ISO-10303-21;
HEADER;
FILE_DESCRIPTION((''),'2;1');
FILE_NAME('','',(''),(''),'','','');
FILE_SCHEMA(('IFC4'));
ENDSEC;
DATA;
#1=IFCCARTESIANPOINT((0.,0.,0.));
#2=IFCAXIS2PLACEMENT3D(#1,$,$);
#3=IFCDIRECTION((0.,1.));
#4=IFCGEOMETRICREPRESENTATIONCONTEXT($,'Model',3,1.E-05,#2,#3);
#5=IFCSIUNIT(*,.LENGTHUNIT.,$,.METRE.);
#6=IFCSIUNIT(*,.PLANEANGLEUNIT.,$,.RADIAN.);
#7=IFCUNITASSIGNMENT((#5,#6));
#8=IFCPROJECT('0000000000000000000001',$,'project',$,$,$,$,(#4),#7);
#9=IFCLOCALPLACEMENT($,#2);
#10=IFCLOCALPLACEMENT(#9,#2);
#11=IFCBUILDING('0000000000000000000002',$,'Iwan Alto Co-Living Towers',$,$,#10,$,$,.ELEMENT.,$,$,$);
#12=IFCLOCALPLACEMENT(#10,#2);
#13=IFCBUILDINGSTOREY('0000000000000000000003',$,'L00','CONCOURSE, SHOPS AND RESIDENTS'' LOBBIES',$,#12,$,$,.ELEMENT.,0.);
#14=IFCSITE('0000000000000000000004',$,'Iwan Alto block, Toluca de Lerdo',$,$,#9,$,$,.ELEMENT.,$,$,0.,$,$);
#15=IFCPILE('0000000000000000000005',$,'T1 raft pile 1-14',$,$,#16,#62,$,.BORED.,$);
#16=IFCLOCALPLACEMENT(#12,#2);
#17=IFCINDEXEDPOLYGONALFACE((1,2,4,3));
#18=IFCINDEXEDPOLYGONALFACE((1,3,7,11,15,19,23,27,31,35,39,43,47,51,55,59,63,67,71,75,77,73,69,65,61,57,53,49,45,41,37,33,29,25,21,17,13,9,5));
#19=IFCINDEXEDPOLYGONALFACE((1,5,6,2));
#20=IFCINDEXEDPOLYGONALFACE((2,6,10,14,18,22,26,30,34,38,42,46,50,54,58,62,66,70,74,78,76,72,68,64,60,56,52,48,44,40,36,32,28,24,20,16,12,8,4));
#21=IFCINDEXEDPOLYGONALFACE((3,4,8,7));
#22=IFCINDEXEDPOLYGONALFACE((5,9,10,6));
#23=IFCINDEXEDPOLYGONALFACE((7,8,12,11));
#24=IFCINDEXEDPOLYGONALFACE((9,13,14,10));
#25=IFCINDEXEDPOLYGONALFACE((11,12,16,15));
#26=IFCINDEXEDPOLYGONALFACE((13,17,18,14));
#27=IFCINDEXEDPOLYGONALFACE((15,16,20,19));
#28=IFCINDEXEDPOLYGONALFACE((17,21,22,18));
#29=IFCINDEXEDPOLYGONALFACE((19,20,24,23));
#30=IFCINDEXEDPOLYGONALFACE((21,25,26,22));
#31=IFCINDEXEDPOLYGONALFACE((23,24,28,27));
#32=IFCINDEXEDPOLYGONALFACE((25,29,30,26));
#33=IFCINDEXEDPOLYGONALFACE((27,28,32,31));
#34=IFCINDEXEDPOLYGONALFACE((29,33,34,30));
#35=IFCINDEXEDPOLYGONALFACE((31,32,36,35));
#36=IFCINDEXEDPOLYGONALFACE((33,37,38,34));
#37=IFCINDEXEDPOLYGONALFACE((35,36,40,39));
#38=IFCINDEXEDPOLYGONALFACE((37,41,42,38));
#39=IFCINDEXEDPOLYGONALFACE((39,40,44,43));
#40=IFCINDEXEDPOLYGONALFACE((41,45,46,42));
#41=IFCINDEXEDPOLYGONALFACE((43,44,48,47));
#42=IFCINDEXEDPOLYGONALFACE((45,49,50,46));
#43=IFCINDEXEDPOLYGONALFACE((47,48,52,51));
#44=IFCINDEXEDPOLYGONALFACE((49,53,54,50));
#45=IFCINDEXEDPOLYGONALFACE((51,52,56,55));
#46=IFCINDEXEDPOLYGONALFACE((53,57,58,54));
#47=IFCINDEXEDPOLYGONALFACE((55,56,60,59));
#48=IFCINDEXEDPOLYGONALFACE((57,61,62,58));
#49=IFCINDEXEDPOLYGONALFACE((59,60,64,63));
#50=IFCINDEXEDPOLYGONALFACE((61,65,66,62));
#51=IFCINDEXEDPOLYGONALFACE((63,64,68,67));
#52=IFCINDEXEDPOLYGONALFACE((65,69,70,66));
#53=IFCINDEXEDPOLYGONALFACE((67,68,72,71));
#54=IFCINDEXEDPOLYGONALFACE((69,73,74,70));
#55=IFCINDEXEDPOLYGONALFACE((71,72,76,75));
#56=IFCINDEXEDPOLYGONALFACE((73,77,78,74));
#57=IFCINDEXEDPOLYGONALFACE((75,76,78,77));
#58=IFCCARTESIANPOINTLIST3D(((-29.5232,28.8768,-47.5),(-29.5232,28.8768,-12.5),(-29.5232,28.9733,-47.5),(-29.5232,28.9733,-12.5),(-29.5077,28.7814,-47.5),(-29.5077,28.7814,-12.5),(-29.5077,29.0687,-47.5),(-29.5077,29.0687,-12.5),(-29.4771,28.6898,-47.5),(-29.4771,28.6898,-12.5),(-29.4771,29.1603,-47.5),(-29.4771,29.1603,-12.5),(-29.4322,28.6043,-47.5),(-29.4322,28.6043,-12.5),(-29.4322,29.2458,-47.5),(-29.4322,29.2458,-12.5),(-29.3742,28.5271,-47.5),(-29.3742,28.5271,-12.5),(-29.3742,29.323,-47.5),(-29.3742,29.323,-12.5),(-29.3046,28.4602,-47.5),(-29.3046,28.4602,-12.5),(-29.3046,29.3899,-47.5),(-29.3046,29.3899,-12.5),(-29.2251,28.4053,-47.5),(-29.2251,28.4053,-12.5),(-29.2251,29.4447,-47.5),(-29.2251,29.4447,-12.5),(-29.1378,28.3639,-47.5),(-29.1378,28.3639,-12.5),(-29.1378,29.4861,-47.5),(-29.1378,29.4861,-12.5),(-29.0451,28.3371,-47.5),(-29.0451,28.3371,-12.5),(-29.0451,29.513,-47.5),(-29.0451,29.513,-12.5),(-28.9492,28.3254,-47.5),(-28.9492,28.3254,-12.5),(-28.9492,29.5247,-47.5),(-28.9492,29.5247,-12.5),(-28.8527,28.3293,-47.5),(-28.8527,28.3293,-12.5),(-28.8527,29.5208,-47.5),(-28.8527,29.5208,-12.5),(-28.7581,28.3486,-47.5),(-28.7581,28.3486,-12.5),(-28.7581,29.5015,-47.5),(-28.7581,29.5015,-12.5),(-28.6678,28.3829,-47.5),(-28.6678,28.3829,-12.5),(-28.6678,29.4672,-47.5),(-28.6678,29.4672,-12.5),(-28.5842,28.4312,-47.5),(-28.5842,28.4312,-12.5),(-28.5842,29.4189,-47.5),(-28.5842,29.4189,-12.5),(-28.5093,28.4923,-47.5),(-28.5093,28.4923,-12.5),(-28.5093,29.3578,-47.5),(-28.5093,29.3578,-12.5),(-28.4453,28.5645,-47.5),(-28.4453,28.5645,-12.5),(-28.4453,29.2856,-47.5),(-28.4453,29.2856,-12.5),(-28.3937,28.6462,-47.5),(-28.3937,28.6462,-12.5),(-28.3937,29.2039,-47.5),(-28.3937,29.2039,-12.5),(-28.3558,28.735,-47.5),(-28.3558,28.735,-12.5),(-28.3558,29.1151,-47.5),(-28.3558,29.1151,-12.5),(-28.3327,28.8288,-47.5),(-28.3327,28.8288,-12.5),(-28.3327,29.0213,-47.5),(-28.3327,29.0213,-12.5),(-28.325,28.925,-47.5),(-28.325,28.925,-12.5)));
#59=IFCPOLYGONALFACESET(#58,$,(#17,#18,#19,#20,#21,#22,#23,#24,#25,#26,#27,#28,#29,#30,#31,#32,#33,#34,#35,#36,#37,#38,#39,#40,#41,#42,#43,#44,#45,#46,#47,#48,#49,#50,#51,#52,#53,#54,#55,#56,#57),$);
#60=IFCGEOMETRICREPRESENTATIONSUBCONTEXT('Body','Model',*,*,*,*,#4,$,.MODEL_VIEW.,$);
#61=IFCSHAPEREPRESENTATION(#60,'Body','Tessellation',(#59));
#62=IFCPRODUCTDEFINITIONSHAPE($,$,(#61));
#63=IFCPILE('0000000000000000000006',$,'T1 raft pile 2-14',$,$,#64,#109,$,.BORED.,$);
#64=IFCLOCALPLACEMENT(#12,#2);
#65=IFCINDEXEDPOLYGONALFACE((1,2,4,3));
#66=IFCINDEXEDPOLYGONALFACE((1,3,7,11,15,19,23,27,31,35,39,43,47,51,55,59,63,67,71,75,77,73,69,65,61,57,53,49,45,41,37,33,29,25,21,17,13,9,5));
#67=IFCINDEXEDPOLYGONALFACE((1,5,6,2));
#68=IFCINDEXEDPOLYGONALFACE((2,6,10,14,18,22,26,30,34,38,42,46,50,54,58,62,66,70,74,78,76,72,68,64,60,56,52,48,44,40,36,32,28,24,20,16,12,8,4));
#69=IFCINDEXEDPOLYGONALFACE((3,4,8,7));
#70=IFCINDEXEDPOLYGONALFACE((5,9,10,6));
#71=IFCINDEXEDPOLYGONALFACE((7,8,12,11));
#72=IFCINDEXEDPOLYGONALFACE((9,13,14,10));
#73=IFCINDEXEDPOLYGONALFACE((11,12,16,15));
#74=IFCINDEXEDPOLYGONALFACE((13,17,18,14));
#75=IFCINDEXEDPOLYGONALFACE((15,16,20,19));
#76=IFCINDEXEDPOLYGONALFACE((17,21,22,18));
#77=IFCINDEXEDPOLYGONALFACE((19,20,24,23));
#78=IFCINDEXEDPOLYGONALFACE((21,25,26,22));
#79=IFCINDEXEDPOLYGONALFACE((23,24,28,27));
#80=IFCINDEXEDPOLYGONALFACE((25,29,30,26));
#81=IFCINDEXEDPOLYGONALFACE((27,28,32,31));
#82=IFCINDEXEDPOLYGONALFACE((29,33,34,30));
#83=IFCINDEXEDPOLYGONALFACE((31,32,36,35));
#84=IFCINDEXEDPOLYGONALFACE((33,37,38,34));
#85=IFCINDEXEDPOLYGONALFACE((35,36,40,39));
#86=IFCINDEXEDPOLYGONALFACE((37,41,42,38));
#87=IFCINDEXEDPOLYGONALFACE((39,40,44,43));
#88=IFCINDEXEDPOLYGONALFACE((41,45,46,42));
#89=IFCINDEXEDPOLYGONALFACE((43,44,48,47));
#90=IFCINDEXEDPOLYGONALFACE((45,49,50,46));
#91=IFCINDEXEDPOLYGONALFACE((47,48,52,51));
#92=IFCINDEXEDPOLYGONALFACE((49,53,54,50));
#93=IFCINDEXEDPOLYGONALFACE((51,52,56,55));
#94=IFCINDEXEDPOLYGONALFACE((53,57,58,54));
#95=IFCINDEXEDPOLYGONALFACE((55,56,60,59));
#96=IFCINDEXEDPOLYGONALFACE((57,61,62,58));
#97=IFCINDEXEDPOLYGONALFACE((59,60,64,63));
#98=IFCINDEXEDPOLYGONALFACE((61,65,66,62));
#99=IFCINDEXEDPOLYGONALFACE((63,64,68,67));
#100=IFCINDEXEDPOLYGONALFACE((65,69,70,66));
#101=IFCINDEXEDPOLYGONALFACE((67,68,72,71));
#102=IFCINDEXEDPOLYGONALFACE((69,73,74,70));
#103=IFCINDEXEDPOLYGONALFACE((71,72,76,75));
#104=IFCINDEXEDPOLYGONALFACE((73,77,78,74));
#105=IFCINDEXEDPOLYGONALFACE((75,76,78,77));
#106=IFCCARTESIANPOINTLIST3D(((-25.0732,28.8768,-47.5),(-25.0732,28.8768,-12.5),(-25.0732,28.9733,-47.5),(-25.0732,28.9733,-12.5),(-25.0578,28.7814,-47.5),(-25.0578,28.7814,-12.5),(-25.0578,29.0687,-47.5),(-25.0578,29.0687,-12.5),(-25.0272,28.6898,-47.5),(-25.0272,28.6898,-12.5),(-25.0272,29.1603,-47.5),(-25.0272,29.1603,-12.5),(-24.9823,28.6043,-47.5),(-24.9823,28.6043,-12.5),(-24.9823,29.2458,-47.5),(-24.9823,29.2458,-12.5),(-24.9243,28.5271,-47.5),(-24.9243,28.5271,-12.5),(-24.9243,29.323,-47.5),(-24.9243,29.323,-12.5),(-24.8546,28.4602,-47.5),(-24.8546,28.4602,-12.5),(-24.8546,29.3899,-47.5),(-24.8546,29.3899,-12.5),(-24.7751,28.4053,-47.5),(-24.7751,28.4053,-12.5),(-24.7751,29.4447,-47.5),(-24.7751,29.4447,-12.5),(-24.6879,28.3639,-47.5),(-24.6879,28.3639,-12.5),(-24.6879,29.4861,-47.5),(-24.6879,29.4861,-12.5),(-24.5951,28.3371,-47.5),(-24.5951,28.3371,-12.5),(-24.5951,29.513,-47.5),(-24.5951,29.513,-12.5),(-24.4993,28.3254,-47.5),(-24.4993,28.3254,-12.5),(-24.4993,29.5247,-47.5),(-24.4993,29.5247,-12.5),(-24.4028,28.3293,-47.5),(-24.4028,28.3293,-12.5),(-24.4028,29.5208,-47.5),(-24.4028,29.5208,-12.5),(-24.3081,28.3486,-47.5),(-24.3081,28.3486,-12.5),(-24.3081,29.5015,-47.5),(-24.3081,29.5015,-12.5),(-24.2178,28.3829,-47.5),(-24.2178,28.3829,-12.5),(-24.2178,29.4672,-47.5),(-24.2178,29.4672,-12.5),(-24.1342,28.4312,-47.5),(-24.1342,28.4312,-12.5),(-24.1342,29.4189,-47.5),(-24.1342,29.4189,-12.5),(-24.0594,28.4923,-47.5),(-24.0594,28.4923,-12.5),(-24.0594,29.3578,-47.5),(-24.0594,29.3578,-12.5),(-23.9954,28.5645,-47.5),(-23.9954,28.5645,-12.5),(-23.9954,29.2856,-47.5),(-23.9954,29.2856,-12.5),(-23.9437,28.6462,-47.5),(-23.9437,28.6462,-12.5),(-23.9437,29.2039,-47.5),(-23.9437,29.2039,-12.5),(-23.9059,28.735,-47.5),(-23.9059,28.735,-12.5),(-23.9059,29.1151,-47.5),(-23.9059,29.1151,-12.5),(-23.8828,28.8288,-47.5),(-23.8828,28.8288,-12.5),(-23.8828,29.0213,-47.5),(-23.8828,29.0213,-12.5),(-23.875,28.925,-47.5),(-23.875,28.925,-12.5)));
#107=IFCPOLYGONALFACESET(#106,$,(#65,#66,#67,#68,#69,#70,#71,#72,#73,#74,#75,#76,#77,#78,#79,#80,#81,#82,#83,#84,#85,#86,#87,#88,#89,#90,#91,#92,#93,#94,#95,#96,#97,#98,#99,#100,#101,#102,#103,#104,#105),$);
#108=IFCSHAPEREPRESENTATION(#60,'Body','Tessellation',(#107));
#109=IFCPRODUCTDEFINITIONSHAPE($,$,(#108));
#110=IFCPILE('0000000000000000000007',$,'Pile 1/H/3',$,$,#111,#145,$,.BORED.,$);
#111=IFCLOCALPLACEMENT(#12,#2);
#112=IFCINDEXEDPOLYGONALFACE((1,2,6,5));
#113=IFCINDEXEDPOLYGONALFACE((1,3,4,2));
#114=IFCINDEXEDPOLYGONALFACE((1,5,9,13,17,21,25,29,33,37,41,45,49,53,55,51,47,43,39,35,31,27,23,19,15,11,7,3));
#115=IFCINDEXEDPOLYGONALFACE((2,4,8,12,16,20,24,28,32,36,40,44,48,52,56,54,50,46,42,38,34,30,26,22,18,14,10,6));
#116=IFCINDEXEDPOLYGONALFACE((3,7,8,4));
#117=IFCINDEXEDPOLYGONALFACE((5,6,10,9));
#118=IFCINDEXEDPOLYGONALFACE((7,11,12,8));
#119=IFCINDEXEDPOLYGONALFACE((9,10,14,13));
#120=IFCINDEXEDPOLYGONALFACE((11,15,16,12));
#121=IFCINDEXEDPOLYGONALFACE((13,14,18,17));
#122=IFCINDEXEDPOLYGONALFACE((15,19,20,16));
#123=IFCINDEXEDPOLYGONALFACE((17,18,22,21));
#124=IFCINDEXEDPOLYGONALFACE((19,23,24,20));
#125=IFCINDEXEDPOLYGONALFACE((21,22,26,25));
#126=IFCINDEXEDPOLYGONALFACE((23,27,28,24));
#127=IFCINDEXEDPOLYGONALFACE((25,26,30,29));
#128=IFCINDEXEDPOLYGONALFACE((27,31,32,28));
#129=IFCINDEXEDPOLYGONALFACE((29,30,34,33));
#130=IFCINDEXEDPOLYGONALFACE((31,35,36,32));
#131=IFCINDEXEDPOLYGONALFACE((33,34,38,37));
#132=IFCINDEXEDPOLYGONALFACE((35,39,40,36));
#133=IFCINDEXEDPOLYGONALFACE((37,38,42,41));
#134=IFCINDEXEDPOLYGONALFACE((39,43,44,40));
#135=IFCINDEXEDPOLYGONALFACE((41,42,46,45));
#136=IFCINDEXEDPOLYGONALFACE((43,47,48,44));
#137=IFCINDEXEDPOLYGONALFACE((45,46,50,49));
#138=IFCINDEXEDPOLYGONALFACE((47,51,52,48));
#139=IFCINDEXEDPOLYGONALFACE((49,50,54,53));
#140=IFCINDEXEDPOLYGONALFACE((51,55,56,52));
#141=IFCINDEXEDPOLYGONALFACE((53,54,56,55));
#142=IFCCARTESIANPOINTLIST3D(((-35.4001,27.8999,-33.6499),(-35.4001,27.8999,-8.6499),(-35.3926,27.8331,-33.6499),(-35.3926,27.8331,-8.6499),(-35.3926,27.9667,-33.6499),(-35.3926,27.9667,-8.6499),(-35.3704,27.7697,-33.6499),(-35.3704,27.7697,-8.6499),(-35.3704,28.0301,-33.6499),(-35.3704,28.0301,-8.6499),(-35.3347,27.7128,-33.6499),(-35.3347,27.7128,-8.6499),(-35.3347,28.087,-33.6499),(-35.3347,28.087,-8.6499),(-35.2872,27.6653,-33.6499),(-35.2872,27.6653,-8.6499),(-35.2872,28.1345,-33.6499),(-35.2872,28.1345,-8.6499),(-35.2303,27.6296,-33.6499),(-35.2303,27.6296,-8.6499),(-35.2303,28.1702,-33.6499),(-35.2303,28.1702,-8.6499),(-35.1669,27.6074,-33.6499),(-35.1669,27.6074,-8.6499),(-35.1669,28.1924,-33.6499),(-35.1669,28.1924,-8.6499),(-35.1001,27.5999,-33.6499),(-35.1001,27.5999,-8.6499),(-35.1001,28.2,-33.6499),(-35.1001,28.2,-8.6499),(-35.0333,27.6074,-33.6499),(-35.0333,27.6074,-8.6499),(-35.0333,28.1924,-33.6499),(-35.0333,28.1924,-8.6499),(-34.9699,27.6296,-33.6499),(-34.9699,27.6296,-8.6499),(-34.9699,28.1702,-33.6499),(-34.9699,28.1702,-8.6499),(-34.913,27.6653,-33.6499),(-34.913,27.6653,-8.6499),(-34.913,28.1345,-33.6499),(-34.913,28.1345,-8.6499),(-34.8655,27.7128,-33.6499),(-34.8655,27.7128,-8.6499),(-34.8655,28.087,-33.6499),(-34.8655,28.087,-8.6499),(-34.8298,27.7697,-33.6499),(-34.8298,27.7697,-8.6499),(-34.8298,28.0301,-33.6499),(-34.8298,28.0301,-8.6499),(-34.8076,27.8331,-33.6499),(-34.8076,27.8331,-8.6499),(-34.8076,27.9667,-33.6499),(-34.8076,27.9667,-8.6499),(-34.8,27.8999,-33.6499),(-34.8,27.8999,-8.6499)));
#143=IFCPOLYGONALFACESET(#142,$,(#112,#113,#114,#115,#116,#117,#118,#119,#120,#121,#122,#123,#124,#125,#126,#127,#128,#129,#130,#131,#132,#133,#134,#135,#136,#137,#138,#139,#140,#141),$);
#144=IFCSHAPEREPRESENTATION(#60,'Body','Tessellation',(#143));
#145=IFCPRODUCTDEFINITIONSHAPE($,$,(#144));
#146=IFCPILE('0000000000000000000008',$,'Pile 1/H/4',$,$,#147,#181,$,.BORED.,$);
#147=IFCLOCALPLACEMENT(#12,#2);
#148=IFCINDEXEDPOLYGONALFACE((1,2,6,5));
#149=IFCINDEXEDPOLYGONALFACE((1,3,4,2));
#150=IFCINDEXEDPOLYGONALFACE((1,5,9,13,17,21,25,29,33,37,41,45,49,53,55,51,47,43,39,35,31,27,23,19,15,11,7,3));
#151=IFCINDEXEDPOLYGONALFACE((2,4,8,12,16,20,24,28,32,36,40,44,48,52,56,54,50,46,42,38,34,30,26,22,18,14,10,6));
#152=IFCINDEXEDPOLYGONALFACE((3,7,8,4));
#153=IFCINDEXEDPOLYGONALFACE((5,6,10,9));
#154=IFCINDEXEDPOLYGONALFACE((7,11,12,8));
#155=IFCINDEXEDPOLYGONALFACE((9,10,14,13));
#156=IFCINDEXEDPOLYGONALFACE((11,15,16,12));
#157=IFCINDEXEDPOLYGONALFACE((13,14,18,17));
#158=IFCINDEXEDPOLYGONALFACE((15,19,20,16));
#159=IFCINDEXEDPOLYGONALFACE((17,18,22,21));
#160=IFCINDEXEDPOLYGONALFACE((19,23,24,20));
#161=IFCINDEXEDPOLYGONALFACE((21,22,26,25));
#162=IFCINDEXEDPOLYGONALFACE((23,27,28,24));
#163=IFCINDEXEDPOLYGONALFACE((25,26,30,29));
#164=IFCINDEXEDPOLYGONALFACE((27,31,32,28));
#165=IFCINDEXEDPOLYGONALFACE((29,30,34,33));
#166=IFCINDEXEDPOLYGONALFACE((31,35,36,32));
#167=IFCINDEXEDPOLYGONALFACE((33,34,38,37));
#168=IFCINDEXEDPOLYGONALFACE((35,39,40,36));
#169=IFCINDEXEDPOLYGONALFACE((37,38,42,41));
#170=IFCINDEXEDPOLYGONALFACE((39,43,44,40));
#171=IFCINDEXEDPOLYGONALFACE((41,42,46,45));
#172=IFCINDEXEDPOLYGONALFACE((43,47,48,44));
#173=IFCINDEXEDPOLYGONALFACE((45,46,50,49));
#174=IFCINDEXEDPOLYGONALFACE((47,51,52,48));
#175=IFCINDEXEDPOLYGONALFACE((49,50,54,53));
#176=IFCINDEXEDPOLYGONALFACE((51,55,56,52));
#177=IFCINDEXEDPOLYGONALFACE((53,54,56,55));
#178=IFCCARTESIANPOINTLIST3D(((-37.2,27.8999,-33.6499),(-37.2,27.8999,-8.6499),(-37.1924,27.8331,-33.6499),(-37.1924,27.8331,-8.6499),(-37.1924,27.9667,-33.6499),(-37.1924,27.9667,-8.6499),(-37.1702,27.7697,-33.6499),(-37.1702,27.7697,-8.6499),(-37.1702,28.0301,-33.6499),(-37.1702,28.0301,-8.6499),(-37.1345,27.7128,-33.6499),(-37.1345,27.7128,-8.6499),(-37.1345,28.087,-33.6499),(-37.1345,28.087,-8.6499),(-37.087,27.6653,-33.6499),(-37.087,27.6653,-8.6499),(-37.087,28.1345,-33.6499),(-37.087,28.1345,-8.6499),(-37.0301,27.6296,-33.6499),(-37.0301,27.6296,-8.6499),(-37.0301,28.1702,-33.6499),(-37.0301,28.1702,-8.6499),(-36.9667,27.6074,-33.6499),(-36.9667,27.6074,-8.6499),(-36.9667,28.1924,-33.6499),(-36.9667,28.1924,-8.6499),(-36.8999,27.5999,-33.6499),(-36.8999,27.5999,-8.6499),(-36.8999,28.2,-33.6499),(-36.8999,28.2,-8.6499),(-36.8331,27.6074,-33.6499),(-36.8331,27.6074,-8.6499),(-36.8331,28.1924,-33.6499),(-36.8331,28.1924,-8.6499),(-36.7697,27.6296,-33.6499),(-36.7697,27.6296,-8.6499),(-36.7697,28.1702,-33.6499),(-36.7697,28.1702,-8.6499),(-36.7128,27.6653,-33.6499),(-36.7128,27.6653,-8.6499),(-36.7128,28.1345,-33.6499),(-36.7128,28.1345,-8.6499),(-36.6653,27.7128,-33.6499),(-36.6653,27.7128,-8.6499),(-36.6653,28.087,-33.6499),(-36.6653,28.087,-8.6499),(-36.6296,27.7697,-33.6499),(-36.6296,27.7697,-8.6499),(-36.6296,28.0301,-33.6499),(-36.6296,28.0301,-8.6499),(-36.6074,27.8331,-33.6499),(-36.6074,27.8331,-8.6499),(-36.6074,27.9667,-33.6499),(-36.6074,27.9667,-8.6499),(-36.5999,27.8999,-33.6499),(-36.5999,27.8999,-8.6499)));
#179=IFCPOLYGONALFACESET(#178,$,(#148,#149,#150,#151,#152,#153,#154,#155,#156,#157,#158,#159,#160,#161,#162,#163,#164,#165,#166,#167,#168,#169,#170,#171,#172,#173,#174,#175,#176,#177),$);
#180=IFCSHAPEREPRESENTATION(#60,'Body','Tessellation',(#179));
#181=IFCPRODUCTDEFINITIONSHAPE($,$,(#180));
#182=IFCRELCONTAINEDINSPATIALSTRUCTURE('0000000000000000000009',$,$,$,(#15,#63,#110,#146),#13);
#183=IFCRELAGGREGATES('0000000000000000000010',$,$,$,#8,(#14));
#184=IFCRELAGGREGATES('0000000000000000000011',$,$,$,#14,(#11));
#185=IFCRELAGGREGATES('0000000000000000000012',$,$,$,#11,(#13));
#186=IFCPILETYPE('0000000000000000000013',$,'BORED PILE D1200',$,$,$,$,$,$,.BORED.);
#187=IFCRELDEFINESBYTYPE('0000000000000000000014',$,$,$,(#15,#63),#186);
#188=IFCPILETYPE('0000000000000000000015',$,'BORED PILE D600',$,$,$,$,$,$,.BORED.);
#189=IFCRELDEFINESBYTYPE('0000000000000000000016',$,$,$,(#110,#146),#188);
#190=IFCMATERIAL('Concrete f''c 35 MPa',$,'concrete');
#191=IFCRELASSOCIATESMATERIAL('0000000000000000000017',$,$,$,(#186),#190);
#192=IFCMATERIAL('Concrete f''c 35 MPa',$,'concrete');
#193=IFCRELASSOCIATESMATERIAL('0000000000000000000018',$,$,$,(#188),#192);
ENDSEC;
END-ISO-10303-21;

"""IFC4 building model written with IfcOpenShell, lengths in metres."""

from ifc_helpers import new_model, si_unit, direction, frame, origin, origin_2d, place, context, subcontext, project, spatial, circle, extrude, material, material_profile, profile_set, type_object, element, save


model = new_model("IFC4")

# Units and contexts
model_context = context("Model", 3, precision=1e-05, world=origin(), true_north=direction((0.0, 1.0)))
body_context = subcontext(model_context, "Body", "Model", "MODEL_VIEW")
ifc_project = project(units=[si_unit("LENGTHUNIT", "METRE"), si_unit("PLANEANGLEUNIT", "RADIAN")], contexts=[model_context])

# Site, building, storey
site_placement = place(None, origin())
site = spatial("IfcSite", under=ifc_project, at=site_placement, Name="Iwan Alto block, Toluca de Lerdo", CompositionType="ELEMENT", RefElevation=0.0)
building_placement = place(site_placement, origin())
building = spatial("IfcBuilding", under=site, at=building_placement, Name="Iwan Alto Co-Living Towers", CompositionType="ELEMENT")
storey_placement = place(building_placement, origin())
storey = spatial("IfcBuildingStorey", under=building, at=storey_placement, Name="L00", Description="CONCOURSE, SHOPS AND RESIDENTS' LOBBIES", CompositionType="ELEMENT", Elevation=0.0)

# Piles
ifc_material_1 = material(Name="Concrete f'c 35 MPa", Category="concrete")
ifc_material_profile_1 = material_profile(ifc_material_1, circle(Radius=0.6001, at=origin_2d()), Name="D1200")
ifc_profile_set_1 = profile_set([ifc_material_profile_1], Name="Concrete f'c 35 MPa")
pile_type_1 = type_object("IfcPileType", Name="BORED PILE D1200", PredefinedType="BORED", material=ifc_profile_set_1)
for number, where, z_axis, x_axis, name in (
    (1, (-28.925, 28.925, -12.5), (0.0, 0.0, -1.0), (1.0, 0.0, 0.0), "T1 raft pile 1-14"),
    (2, (-24.4751, 28.925, -12.5), (0.0, 0.0, -1.0), (1.0, 0.0, 0.0), "T1 raft pile 2-14"),
):
    element("IfcPile", number, at=place(storey_placement, frame(where, z_axis=z_axis, x_axis=x_axis)), inside=storey, type_object=pile_type_1, Name=name, PredefinedType="BORED", context=body_context, shape_type="SweptSolid", body=[
        extrude(circle(Radius=0.6001, at=origin_2d()), origin(), (0.0, 0.0, 1.0), 35.0),
    ])
ifc_material_2 = material(Name="Concrete f'c 35 MPa", Category="concrete")
ifc_material_profile_2 = material_profile(ifc_material_2, circle(Radius=0.3, at=origin_2d()), Name="D600")
ifc_profile_set_2 = profile_set([ifc_material_profile_2], Name="Concrete f'c 35 MPa")
pile_type_2 = type_object("IfcPileType", Name="BORED PILE D600", PredefinedType="BORED", material=ifc_profile_set_2)
for number, where, z_axis, x_axis, name in (
    (3, (-35.1001, 27.8999, -8.6499), (0.0, 0.0, -1.0), (1.0, 0.0, 0.0), "Pile 1/H/3"),
    (4, (-36.8999, 27.8999, -8.6499), (0.0, 0.0, -1.0), (1.0, 0.0, 0.0), "Pile 1/H/4"),
):
    element("IfcPile", number, at=place(storey_placement, frame(where, z_axis=z_axis, x_axis=x_axis)), inside=storey, type_object=pile_type_2, Name=name, PredefinedType="BORED", context=body_context, shape_type="SweptSolid", body=[
        extrude(circle(Radius=0.3, at=origin_2d()), origin(), (0.0, 0.0, 1.0), 25.0),
    ])

save(model, "model.ifc")
